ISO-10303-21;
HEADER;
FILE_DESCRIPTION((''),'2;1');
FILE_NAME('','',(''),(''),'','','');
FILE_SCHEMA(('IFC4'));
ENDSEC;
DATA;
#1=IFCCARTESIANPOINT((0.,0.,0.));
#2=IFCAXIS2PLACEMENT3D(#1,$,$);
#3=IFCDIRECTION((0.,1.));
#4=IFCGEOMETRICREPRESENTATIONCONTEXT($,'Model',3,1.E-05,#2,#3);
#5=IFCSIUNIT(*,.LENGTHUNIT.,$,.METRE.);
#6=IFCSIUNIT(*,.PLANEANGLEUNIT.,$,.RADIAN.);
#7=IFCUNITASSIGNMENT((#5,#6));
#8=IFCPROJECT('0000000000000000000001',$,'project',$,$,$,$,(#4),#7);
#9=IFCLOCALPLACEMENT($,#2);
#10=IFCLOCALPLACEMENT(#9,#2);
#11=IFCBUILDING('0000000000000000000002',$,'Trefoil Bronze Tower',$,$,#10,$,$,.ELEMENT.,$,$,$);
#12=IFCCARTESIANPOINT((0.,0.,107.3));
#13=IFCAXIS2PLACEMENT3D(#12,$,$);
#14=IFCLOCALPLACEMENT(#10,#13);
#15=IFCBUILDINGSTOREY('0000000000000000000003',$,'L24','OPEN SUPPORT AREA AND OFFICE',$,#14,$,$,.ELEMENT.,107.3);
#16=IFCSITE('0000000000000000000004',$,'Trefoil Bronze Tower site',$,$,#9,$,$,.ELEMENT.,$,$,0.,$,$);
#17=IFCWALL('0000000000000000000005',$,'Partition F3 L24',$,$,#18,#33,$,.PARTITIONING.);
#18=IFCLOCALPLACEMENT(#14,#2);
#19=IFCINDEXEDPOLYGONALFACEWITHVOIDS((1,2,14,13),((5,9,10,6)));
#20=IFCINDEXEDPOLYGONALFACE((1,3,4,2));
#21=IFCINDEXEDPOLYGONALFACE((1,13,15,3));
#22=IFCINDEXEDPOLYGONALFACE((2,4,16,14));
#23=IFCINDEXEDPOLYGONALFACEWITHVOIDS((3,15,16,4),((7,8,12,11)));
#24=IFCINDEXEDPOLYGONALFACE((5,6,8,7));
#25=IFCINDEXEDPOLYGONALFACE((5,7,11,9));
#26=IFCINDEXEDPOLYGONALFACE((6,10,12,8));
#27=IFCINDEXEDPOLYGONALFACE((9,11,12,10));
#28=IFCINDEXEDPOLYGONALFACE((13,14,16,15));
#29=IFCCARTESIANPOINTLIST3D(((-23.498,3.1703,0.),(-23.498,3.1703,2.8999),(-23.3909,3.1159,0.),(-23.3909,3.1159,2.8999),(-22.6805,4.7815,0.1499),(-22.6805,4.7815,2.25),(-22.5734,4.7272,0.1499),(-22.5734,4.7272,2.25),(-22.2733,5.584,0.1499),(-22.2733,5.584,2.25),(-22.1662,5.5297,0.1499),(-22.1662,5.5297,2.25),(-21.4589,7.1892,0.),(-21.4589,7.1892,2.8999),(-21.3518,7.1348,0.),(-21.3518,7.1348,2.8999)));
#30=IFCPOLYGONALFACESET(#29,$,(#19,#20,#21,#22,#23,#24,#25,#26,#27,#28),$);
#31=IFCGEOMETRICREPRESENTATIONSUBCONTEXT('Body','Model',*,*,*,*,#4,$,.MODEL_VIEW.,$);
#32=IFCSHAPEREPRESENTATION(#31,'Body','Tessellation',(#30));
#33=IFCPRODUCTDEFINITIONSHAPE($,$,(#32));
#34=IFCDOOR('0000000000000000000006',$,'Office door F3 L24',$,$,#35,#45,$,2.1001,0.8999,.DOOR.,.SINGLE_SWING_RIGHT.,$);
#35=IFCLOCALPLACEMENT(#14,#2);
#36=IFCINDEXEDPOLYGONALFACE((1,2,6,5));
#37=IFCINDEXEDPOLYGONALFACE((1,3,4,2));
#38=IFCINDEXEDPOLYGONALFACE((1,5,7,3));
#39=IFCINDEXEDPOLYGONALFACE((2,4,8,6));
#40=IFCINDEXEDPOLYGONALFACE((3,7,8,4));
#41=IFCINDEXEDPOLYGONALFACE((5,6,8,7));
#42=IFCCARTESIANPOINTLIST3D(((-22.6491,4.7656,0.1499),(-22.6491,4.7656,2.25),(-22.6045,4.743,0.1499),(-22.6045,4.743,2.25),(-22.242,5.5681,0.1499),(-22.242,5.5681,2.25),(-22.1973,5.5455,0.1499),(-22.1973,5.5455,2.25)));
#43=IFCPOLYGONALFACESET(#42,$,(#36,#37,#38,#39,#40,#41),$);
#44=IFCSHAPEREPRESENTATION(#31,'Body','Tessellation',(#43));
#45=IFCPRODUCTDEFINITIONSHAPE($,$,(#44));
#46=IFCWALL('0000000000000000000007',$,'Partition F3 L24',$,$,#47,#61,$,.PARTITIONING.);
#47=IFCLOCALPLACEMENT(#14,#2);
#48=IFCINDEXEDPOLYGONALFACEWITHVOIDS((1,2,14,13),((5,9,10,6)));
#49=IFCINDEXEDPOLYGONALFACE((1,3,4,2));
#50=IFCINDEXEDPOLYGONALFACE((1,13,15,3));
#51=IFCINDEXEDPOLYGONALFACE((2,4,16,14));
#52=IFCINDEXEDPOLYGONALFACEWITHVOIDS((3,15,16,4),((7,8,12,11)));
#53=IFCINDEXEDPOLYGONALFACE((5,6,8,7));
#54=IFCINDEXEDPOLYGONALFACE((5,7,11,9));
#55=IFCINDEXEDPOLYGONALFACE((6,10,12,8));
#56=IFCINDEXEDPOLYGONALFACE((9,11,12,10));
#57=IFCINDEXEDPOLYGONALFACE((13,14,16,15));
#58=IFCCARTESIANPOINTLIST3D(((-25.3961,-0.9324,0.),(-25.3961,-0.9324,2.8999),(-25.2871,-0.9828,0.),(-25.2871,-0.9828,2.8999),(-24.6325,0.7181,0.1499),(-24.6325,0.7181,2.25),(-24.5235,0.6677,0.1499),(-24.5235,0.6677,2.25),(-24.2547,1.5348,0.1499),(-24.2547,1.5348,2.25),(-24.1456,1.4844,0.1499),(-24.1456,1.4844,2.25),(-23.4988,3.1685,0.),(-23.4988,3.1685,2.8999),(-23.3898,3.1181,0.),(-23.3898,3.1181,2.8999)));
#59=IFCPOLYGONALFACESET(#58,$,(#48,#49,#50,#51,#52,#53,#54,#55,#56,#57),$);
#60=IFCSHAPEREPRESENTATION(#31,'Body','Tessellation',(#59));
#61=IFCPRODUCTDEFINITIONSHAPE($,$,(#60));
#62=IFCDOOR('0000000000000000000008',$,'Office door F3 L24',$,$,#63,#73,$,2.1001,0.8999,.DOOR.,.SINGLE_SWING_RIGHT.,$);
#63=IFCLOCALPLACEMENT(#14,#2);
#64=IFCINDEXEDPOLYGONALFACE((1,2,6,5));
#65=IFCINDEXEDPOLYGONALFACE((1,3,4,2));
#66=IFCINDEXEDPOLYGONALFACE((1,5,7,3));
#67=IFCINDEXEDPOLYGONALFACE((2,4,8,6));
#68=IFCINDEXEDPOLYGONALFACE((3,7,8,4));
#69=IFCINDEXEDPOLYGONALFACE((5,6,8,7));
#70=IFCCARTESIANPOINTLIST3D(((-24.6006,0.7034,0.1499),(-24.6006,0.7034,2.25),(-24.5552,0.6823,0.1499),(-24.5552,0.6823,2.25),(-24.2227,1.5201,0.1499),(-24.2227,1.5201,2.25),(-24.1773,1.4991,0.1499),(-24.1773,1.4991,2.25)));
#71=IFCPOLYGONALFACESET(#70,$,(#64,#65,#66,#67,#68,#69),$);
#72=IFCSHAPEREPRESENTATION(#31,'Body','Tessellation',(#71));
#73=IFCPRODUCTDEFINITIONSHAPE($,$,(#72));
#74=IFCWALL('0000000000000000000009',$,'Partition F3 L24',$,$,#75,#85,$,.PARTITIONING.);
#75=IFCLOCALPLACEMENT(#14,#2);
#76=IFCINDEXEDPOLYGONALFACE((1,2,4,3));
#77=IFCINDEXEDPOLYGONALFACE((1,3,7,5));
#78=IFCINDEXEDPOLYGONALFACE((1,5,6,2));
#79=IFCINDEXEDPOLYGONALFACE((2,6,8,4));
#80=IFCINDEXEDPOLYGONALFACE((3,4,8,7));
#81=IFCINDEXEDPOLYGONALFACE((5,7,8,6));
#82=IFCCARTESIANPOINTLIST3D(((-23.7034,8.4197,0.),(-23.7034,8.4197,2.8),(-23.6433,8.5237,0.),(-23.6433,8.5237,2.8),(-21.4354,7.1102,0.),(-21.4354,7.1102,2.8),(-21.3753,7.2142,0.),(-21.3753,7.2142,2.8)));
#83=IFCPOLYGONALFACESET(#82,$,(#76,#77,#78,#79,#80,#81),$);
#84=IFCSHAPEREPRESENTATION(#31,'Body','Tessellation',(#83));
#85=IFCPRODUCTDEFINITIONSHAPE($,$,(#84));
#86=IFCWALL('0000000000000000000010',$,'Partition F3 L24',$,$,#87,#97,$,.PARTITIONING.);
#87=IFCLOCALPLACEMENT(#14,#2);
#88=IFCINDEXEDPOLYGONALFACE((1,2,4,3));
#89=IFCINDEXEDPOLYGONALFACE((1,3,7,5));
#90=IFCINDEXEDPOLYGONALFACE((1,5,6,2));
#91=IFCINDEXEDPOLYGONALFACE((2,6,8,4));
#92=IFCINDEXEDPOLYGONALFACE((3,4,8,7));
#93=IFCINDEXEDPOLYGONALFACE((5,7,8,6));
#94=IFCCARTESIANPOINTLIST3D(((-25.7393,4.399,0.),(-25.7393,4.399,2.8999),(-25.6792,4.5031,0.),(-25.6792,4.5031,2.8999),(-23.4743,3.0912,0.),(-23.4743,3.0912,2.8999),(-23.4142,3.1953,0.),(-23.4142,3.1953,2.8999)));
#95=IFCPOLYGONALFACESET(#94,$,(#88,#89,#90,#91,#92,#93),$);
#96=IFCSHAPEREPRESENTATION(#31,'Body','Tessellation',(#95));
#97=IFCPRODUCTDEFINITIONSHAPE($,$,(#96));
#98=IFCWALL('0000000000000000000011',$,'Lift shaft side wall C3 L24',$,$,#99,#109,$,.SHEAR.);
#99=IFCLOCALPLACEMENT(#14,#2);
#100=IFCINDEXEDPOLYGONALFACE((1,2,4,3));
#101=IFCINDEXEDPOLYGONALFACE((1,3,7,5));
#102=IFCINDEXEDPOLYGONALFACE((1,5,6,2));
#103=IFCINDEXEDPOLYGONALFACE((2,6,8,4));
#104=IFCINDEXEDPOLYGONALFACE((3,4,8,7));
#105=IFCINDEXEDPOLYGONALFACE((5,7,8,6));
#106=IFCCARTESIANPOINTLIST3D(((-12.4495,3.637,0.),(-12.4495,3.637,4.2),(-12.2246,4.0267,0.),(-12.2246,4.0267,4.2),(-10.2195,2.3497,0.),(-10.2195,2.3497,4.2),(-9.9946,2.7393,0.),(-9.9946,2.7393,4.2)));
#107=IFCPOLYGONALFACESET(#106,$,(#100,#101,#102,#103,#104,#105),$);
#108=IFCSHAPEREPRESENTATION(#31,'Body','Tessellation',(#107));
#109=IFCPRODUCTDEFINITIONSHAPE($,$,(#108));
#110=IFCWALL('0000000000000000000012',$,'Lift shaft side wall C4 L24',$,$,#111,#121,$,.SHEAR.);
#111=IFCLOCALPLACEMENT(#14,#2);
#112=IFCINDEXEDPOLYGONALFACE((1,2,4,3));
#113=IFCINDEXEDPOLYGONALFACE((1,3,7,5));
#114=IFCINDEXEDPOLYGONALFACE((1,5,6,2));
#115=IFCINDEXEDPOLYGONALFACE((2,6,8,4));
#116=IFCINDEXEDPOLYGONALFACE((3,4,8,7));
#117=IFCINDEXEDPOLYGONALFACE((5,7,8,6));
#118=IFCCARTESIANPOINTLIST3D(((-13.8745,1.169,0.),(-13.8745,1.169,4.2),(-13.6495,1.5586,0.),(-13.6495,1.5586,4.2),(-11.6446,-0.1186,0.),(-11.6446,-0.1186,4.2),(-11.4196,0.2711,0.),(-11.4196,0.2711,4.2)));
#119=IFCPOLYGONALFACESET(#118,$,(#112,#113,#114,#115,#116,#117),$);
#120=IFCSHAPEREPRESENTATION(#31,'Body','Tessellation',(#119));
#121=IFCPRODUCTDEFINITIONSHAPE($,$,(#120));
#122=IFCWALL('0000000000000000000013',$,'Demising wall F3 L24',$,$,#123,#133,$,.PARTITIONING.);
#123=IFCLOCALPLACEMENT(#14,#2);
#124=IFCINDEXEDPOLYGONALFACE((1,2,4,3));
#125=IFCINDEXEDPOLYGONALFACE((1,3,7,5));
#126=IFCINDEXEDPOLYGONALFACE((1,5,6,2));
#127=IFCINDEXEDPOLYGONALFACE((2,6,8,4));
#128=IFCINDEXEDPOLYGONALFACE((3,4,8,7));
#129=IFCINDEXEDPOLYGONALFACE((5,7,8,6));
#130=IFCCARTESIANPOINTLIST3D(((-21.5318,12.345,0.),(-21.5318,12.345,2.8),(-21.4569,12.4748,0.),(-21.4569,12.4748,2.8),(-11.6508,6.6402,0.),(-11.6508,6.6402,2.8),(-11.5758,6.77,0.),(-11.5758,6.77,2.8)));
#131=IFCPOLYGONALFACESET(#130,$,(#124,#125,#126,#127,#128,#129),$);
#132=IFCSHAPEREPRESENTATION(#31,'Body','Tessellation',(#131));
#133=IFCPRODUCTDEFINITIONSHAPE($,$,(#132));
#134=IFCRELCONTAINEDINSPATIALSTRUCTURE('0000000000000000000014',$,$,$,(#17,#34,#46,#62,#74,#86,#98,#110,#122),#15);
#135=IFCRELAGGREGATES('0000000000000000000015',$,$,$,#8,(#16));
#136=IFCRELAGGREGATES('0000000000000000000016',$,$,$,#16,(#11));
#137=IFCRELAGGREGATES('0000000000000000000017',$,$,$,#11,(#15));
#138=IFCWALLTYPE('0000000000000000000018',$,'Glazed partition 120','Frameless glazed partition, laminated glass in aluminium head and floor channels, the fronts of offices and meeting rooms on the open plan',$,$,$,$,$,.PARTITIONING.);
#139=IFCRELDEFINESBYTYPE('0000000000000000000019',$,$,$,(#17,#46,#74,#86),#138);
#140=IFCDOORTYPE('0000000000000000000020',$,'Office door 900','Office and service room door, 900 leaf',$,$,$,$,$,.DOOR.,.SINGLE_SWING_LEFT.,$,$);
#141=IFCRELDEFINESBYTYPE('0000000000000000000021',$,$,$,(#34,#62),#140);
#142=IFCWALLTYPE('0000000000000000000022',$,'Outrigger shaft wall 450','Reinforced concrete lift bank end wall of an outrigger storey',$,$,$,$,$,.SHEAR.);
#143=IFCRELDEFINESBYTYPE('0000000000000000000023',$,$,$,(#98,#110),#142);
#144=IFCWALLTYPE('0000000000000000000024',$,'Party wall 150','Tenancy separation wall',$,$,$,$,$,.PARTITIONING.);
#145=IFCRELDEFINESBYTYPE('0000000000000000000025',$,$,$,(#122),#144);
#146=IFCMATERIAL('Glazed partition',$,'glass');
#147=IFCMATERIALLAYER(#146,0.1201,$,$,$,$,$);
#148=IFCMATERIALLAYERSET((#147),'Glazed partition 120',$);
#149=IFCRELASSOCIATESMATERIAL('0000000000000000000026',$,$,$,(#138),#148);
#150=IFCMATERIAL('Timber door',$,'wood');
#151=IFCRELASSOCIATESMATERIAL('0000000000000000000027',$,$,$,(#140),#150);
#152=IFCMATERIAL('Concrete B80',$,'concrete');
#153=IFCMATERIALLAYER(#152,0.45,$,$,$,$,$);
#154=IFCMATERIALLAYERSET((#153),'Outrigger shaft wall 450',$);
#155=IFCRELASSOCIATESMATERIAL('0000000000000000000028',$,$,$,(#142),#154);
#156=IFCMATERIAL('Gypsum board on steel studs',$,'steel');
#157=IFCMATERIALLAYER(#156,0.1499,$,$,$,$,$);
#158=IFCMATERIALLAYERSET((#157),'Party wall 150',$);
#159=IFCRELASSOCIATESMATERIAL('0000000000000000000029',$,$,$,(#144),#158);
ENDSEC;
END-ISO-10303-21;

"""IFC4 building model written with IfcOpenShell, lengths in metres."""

from ifc_helpers import new_model, si_unit, direction, frame, frame_2d, origin, place, context, subcontext, project, spatial, rectangle, extrude, material, layer, layer_set, type_object, element, fill, save


model = new_model("IFC4")

# Units and contexts
model_context = context("Model", 3, precision=1e-05, world=origin(), true_north=direction((0.0, 1.0)))
body_context = subcontext(model_context, "Body", "Model", "MODEL_VIEW")
ifc_project = project(units=[si_unit("LENGTHUNIT", "METRE"), si_unit("PLANEANGLEUNIT", "RADIAN")], contexts=[model_context])

# Site, building, storey
site_placement = place(None, origin())
site = spatial("IfcSite", under=ifc_project, at=site_placement, Name="Trefoil Bronze Tower site", CompositionType="ELEMENT", RefElevation=0.0)
building_placement = place(site_placement, origin())
building = spatial("IfcBuilding", under=site, at=building_placement, Name="Trefoil Bronze Tower", CompositionType="ELEMENT")
storey_placement = place(building_placement, frame((0.0, 0.0, 107.3)))
storey = spatial("IfcBuildingStorey", under=building, at=storey_placement, Name="L24", Description="OPEN SUPPORT AREA AND OFFICE", CompositionType="ELEMENT", Elevation=107.3)

# Walls, openings, doors
ifc_material_1 = material(Name="Glazed partition", Category="glass")
ifc_layer_1 = layer(ifc_material_1, 0.1201)
ifc_layer_set_1 = layer_set([ifc_layer_1], Name="Glazed partition 120")
wall_type_1 = type_object("IfcWallType", Name="Glazed partition 120", Description="Frameless glazed partition, laminated glass in aluminium head and floor channels, the fronts of offices and meeting rooms on the open plan", PredefinedType="PARTITIONING", material=ifc_layer_set_1)
ifc_material_2 = material(Name="Timber door", Category="wood")
door_type = type_object("IfcDoorType", Name="Office door 900", Description="Office and service room door, 900 leaf", OperationType="SINGLE_SWING_LEFT", PredefinedType="DOOR", material=ifc_material_2)
wall_1_placement = place(storey_placement, frame((-21.4053, 7.1621, 0.0), z_axis=(0.0, 0.0, 1.0), x_axis=(-0.452472, -0.891779, 0.0)))
wall_1 = element("IfcWall", 1, at=wall_1_placement, inside=storey, type_object=wall_type_1, Name="Partition F3 L24", PredefinedType="PARTITIONING", context=body_context, shape_type="SweptSolid", body=[
    extrude(rectangle(XDim=4.5066, YDim=0.1201, at=frame_2d((2.2534, 0.0))), origin(), (0.0, 0.0, 1.0), 2.8999),
])
opening_1_placement = place(wall_1_placement, frame((1.8, 0.0, 0.1499)))
opening_1 = element("IfcOpeningElement", 2, at=opening_1_placement, cuts=wall_1, PredefinedType="OPENING", context=body_context, shape_type="SweptSolid", body=[
    extrude(rectangle(XDim=0.8999, YDim=2.1001, at=frame_2d((0.45, 1.05))), frame((0.0, 0.0701, 0.0), z_axis=(0.0, -1.0, 0.0), x_axis=(1.0, 0.0, 0.0)), (0.0, 0.0, 1.0), 0.1401),
])
door_1_placement = place(opening_1_placement, frame((0.8999, 0.0, 0.0), z_axis=(0.0, 0.0, 1.0), x_axis=(-1.0, 0.0, 0.0)))
door_1 = element("IfcDoor", 3, at=door_1_placement, inside=storey, type_object=door_type, Name="Office door F3 L24", OperationType="SINGLE_SWING_RIGHT", OverallHeight=2.1001, OverallWidth=0.8999, PredefinedType="DOOR", context=body_context, shape_type="SweptSolid", body=[
    extrude(rectangle(XDim=0.8999, YDim=2.1001, at=frame_2d((0.45, 1.05))), frame((0.0, 0.0249, 0.0), z_axis=(0.0, -1.0, 0.0), x_axis=(1.0, 0.0, 0.0)), (0.0, 0.0, 1.0), 0.05),
])
fill(opening_1, door_1)
wall_2_placement = place(storey_placement, frame((-23.4443, 3.1433, 0.0), z_axis=(0.0, 0.0, 1.0), x_axis=(-0.419884, -0.907578, 0.0)))
wall_2 = element("IfcWall", 4, at=wall_2_placement, inside=storey, type_object=wall_type_1, Name="Partition F3 L24", PredefinedType="PARTITIONING", context=body_context, shape_type="SweptSolid", body=[
    extrude(rectangle(XDim=4.5186, YDim=0.1201, at=frame_2d((2.2593, 0.0))), origin(), (0.0, 0.0, 1.0), 2.8999),
])
opening_2_placement = place(wall_2_placement, frame((1.8, 0.0, 0.1499)))
opening_2 = element("IfcOpeningElement", 5, at=opening_2_placement, cuts=wall_2, PredefinedType="OPENING", context=body_context, shape_type="SweptSolid", body=[
    extrude(rectangle(XDim=0.8999, YDim=2.1001, at=frame_2d((0.45, 1.05))), frame((0.0, 0.0701, 0.0), z_axis=(0.0, -1.0, 0.0), x_axis=(1.0, 0.0, 0.0)), (0.0, 0.0, 1.0), 0.1401),
])
door_2_placement = place(opening_2_placement, frame((0.8999, 0.0, 0.0), z_axis=(0.0, 0.0, 1.0), x_axis=(-1.0, 0.0, 0.0)))
door_2 = element("IfcDoor", 6, at=door_2_placement, inside=storey, type_object=door_type, Name="Office door F3 L24", OperationType="SINGLE_SWING_RIGHT", OverallHeight=2.1001, OverallWidth=0.8999, PredefinedType="DOOR", context=body_context, shape_type="SweptSolid", body=[
    extrude(rectangle(XDim=0.8999, YDim=2.1001, at=frame_2d((0.45, 1.05))), frame((0.0, 0.0249, 0.0), z_axis=(0.0, -1.0, 0.0), x_axis=(1.0, 0.0, 0.0)), (0.0, 0.0, 1.0), 0.05),
])
fill(opening_2, door_2)

# Walls
wall_3_placement = place(storey_placement, frame((-21.4053, 7.1621, 0.0), z_axis=(0.0, 0.0, 1.0), x_axis=(-0.866009, 0.500029, 0.0)))
element("IfcWall", 7, at=wall_3_placement, inside=storey, type_object=wall_type_1, Name="Partition F3 L24", PredefinedType="PARTITIONING", context=body_context, shape_type="SweptSolid", body=[
    extrude(rectangle(XDim=2.6189, YDim=0.1201, at=frame_2d((1.3096, 0.0))), origin(), (0.0, 0.0, 1.0), 2.8),
])
wall_4_placement = place(storey_placement, frame((-23.4443, 3.1433, 0.0), z_axis=(0.0, 0.0, 1.0), x_axis=(-0.866011, 0.500024, 0.0)))
element("IfcWall", 8, at=wall_4_placement, inside=storey, type_object=wall_type_1, Name="Partition F3 L24", PredefinedType="PARTITIONING", context=body_context, shape_type="SweptSolid", body=[
    extrude(rectangle(XDim=2.6155, YDim=0.1201, at=frame_2d((1.3076, 0.0))), origin(), (0.0, 0.0, 1.0), 2.8999),
])
ifc_material_3 = material(Name="Concrete B80", Category="concrete")
ifc_layer_2 = layer(ifc_material_3, 0.45)
ifc_layer_set_2 = layer_set([ifc_layer_2], Name="Outrigger shaft wall 450")
wall_type_2 = type_object("IfcWallType", Name="Outrigger shaft wall 450", Description="Reinforced concrete lift bank end wall of an outrigger storey", PredefinedType="SHEAR", material=ifc_layer_set_2)
for number, where, z_axis, x_axis, name in (
    (9, (-10.1069, 2.5444, 0.0), (0.0, 0.0, 1.0), (-0.866047, 0.499963, 0.0), "Lift shaft side wall C3 L24"),
    (10, (-11.532, 0.0762, 0.0), (0.0, 0.0, 1.0), (-0.866006, 0.500034, 0.0), "Lift shaft side wall C4 L24"),
):
    element("IfcWall", number, at=place(storey_placement, frame(where, z_axis=z_axis, x_axis=x_axis)), inside=storey, type_object=wall_type_2, Name=name, PredefinedType="SHEAR", context=body_context, shape_type="SweptSolid", body=[
        extrude(rectangle(XDim=2.575, YDim=0.45, at=frame_2d((1.2876, 0.0))), origin(), (0.0, 0.0, 1.0), 4.2),
    ])
ifc_material_4 = material(Name="Gypsum board on steel studs", Category="steel")
ifc_layer_3 = layer(ifc_material_4, 0.1499)
ifc_layer_set_3 = layer_set([ifc_layer_3], Name="Party wall 150")
wall_type_3 = type_object("IfcWallType", Name="Party wall 150", Description="Tenancy separation wall", PredefinedType="PARTITIONING", material=ifc_layer_set_3)
wall_5_placement = place(storey_placement, frame((-11.6133, 6.7051, 0.0), z_axis=(0.0, 0.0, 1.0), x_axis=(-0.866026, 0.499998, 0.0)))
element("IfcWall", 11, at=wall_5_placement, inside=storey, type_object=wall_type_3, Name="Demising wall F3 L24", PredefinedType="PARTITIONING", context=body_context, shape_type="SweptSolid", body=[
    extrude(rectangle(XDim=11.4097, YDim=0.1499, at=frame_2d((5.7048, 0.0))), origin(), (0.0, 0.0, 1.0), 2.8),
])

save(model, "model.ifc")
